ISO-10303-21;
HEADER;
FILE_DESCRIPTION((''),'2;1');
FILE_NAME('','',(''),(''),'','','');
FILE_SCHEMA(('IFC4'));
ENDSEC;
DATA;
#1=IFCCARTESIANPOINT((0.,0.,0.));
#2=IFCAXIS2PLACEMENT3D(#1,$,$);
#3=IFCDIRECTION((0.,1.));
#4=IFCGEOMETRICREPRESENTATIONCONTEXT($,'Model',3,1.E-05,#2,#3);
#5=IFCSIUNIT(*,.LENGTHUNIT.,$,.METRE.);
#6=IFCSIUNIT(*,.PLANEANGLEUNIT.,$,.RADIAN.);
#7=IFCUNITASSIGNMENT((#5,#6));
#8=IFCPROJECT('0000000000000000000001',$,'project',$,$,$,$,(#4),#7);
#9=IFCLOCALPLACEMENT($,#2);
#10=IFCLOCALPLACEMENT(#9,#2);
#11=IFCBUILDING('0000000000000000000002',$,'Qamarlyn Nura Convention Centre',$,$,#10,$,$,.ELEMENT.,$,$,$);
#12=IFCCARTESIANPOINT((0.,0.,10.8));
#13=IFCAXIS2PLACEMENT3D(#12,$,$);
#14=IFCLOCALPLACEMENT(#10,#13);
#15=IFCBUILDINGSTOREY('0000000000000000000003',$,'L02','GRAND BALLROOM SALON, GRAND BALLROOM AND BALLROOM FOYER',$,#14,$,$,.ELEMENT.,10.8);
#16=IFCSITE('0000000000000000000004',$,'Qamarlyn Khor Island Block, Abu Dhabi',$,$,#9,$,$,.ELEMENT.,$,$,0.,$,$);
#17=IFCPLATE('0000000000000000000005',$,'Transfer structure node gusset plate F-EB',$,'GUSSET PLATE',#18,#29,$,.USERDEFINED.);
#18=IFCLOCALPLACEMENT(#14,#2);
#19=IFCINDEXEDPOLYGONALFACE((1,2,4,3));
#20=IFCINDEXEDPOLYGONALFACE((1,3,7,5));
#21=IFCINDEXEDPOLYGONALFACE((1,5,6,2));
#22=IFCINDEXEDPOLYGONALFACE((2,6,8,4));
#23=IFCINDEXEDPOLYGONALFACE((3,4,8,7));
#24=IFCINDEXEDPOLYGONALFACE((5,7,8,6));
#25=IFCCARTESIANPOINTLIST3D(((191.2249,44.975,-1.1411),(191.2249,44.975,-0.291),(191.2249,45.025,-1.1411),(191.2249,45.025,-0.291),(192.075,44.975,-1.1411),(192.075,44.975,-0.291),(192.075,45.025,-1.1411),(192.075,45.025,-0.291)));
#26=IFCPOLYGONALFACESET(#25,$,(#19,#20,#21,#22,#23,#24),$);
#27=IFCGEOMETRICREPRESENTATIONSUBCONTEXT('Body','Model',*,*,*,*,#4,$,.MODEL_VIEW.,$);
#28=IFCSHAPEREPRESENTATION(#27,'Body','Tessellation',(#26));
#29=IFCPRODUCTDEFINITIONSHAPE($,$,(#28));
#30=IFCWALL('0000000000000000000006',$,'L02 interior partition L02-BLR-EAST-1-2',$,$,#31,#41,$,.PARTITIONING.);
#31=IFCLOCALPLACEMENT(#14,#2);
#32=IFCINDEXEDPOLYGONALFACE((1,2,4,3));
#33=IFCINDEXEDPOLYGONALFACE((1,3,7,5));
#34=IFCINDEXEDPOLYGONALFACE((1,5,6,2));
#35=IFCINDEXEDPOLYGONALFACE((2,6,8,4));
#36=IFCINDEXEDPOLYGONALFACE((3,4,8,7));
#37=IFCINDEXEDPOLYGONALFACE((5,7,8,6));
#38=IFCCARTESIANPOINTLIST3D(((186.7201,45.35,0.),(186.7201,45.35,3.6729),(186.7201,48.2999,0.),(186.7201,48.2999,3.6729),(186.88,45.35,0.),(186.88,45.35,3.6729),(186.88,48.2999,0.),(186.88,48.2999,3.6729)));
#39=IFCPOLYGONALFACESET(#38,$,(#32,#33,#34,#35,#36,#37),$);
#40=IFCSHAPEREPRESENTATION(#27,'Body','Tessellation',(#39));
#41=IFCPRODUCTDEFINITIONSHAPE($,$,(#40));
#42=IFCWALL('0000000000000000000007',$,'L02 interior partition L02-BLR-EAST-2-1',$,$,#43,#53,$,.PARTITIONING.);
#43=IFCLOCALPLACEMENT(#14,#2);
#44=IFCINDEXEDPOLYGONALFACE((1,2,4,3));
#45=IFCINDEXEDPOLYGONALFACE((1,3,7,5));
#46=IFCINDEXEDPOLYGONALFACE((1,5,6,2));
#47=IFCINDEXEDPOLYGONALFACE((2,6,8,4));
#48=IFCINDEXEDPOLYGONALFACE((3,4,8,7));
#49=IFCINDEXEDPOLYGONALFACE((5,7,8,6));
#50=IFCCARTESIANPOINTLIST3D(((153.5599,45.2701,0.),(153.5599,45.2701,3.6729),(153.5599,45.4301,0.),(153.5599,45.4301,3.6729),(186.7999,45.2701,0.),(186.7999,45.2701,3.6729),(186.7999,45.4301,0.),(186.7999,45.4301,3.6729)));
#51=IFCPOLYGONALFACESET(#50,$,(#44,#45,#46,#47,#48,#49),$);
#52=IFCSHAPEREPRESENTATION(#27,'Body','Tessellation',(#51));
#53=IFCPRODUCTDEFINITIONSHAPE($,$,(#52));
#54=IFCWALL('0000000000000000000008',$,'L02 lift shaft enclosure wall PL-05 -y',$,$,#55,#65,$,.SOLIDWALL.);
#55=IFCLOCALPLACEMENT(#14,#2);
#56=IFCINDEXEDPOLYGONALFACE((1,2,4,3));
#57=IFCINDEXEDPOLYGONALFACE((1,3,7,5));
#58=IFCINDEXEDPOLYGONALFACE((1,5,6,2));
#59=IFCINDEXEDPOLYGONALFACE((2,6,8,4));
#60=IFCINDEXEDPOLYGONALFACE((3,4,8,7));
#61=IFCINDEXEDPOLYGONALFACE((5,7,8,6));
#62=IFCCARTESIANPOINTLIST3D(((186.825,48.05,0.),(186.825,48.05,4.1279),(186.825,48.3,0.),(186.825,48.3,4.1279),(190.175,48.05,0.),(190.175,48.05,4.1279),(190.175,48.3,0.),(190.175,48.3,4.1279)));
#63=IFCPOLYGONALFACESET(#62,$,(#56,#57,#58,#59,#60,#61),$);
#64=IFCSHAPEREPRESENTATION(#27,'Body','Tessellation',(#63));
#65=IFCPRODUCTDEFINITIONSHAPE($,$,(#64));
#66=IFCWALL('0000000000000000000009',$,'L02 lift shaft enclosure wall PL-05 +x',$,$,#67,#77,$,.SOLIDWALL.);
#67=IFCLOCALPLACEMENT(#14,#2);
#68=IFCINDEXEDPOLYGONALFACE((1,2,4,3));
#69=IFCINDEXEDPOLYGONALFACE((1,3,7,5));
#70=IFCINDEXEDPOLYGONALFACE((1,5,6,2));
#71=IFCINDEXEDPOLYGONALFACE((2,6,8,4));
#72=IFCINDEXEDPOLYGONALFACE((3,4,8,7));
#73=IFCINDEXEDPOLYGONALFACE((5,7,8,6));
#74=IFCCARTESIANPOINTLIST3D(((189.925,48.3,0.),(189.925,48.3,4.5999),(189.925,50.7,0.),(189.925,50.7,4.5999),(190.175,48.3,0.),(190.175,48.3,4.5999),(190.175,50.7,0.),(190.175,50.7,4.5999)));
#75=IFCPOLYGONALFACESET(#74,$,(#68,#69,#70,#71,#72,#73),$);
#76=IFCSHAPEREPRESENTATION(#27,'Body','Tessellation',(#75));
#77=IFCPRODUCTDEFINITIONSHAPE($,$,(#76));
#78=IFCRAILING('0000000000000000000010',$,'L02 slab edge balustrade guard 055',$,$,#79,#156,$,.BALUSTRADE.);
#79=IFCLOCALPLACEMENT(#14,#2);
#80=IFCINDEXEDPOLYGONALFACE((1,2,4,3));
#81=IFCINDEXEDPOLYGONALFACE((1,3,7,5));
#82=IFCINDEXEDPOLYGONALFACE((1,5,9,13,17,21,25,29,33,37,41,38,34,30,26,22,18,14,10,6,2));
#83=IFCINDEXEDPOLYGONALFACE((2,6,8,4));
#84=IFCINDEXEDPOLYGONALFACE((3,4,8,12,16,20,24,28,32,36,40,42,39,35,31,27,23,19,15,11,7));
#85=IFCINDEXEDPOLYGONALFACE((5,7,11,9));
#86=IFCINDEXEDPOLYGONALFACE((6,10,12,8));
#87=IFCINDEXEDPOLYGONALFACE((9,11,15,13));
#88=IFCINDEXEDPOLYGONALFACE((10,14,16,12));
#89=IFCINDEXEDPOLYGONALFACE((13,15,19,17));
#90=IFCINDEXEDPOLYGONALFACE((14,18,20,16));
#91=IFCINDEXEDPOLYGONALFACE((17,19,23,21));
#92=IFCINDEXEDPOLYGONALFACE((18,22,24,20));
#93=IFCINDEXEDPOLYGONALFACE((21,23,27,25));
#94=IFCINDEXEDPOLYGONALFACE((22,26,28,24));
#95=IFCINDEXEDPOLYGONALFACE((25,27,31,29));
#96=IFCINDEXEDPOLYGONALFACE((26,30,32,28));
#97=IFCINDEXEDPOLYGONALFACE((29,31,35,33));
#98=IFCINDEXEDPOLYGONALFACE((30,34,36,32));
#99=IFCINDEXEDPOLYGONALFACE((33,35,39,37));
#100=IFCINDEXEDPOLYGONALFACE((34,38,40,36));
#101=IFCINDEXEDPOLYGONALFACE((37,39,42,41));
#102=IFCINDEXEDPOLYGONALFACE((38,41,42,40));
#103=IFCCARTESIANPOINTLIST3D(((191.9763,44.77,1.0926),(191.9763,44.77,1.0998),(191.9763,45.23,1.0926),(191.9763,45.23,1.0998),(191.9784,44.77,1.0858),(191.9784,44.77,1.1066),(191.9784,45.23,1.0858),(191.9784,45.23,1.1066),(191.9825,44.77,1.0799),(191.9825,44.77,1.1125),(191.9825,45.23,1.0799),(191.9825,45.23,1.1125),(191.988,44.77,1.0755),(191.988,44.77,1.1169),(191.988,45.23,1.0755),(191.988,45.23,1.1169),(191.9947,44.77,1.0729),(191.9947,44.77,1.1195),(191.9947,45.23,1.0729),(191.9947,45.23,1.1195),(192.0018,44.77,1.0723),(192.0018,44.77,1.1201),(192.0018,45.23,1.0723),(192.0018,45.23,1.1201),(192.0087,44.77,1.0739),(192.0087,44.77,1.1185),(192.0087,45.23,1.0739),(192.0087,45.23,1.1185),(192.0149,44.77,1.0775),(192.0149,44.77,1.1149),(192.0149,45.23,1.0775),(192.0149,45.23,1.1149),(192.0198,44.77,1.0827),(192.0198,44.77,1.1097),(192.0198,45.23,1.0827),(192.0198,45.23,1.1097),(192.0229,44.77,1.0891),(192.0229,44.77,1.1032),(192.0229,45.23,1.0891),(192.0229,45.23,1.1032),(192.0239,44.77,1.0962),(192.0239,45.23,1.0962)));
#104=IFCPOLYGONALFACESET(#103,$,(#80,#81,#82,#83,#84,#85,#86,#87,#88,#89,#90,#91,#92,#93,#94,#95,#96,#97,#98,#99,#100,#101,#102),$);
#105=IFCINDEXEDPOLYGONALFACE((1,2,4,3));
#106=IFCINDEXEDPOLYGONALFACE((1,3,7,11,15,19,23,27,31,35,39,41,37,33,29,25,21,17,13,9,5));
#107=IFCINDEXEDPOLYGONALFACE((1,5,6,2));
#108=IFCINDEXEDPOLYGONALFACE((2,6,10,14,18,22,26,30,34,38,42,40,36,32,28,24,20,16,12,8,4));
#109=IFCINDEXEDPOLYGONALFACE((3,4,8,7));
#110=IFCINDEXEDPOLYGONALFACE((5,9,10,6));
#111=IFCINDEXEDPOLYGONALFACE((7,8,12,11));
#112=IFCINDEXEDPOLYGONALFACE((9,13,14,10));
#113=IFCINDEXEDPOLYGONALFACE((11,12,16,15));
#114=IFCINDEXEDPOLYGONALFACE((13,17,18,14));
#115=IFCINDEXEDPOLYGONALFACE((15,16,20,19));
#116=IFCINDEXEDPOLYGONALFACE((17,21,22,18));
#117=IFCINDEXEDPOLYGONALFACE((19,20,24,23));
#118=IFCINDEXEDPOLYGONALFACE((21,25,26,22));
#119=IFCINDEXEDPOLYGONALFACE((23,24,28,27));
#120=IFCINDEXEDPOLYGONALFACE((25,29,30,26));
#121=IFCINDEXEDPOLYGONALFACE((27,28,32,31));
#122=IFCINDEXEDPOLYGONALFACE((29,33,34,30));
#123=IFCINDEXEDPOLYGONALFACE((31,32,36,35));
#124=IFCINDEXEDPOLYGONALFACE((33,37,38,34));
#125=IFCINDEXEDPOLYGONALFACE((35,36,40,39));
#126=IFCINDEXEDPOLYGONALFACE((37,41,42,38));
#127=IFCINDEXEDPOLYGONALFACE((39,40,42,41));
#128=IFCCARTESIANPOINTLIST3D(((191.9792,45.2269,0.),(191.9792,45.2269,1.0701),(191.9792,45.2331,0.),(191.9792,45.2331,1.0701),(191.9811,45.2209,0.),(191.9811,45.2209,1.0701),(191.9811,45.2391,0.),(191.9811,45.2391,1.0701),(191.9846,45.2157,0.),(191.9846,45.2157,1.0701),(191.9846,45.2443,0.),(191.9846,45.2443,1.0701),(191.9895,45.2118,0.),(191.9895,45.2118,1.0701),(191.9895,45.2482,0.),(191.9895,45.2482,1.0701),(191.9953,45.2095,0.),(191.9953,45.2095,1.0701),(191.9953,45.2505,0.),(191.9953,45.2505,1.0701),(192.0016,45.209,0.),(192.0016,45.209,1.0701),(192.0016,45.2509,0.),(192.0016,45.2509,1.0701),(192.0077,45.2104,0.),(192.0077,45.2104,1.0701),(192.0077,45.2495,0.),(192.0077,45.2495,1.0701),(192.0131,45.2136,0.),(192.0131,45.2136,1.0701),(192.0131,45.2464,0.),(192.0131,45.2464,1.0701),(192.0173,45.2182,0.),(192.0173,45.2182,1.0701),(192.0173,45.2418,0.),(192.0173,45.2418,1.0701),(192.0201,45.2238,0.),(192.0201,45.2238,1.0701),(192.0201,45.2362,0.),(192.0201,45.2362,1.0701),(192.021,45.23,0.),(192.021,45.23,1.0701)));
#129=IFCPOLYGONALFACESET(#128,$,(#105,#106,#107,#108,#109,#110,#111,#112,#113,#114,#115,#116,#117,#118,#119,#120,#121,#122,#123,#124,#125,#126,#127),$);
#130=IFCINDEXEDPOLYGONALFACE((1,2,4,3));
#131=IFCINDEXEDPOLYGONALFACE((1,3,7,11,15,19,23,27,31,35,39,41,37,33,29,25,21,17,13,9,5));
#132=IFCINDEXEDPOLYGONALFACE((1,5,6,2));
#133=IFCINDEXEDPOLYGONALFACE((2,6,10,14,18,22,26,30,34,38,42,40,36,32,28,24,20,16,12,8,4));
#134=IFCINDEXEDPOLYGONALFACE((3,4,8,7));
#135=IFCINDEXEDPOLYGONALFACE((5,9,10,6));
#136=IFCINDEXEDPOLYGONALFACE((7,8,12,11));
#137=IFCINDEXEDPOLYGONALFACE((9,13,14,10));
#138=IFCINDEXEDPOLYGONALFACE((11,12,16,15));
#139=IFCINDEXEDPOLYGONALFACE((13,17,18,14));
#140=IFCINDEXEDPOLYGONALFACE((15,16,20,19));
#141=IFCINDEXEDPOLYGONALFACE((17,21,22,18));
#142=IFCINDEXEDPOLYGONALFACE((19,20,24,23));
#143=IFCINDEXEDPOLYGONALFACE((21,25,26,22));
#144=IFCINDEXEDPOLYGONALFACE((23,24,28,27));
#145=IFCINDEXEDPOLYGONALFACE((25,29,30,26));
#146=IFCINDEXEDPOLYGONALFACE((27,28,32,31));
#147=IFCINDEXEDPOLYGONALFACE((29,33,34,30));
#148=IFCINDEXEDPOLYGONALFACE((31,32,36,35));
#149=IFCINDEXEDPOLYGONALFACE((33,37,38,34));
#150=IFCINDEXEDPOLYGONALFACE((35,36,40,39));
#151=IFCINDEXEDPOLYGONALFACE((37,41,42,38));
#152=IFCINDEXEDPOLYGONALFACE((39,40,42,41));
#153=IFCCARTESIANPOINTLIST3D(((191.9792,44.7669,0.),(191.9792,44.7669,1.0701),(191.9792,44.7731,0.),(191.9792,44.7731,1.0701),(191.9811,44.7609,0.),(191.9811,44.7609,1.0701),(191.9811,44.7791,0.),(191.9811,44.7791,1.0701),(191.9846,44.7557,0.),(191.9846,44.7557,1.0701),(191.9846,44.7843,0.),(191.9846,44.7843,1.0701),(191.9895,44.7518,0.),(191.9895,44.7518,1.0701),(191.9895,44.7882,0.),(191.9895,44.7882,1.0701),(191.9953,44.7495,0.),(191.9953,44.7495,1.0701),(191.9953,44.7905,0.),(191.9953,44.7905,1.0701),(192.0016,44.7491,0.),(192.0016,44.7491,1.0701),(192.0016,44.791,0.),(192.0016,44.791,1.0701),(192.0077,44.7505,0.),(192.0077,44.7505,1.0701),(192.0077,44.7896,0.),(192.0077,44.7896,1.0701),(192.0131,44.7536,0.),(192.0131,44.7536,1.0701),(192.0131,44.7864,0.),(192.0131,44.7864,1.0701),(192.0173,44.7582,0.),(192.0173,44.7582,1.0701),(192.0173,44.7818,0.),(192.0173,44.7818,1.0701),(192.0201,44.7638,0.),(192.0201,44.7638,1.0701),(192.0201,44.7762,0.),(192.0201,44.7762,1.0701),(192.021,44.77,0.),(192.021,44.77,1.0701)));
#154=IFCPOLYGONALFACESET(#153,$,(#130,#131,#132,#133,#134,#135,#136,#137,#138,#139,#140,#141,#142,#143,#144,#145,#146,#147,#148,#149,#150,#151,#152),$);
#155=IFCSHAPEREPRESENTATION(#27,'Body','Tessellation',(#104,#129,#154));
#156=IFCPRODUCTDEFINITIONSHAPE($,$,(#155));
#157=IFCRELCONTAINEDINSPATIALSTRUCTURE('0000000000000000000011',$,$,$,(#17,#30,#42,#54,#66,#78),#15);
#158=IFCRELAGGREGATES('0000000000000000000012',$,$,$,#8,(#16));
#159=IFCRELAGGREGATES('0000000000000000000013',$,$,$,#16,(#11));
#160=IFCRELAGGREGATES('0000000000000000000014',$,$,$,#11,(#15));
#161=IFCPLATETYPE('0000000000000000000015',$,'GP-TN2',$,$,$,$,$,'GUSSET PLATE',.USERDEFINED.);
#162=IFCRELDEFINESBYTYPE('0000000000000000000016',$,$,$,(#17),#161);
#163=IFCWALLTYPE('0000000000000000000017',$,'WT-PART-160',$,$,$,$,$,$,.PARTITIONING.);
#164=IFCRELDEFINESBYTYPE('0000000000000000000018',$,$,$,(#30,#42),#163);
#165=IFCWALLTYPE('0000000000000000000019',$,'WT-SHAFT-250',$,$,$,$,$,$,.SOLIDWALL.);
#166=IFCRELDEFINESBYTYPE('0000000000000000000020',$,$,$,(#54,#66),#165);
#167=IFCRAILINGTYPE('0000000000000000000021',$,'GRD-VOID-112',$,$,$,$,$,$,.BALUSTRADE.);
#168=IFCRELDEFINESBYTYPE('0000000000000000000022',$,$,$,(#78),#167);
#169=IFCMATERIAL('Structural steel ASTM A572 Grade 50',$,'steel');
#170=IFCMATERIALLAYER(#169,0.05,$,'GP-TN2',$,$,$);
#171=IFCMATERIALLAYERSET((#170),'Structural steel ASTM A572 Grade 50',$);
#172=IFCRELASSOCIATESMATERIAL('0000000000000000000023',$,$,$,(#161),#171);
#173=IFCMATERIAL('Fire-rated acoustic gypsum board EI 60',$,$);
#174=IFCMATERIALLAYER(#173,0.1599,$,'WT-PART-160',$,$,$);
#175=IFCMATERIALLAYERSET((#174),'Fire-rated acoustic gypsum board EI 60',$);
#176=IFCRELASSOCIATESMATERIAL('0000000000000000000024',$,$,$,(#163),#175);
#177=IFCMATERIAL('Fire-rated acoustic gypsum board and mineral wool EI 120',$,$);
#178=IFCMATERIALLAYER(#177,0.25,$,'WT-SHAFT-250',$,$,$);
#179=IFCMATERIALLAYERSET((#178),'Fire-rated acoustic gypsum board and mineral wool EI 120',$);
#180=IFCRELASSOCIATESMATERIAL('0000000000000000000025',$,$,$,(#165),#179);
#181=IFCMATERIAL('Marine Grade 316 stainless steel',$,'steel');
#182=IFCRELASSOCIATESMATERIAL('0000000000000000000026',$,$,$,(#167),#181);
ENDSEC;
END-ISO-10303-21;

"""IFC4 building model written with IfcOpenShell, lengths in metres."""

from ifc_helpers import new_model, si_unit, direction, frame, frame_2d, origin, origin_2d, place, context, subcontext, project, spatial, rectangle, circle, extrude, material, layer, layer_set, type_object, element, save


model = new_model("IFC4")

# Units and contexts
model_context = context("Model", 3, precision=1e-05, world=origin(), true_north=direction((0.0, 1.0)))
body_context = subcontext(model_context, "Body", "Model", "MODEL_VIEW")
ifc_project = project(units=[si_unit("LENGTHUNIT", "METRE"), si_unit("PLANEANGLEUNIT", "RADIAN")], contexts=[model_context])

# Site, building, storey
site_placement = place(None, origin())
site = spatial("IfcSite", under=ifc_project, at=site_placement, Name="Qamarlyn Khor Island Block, Abu Dhabi", CompositionType="ELEMENT", RefElevation=0.0)
building_placement = place(site_placement, origin())
building = spatial("IfcBuilding", under=site, at=building_placement, Name="Qamarlyn Nura Convention Centre", CompositionType="ELEMENT")
storey_placement = place(building_placement, frame((0.0, 0.0, 10.8)))
storey = spatial("IfcBuildingStorey", under=building, at=storey_placement, Name="L02", Description="GRAND BALLROOM SALON, GRAND BALLROOM AND BALLROOM FOYER", CompositionType="ELEMENT", Elevation=10.8)

# Plate
ifc_material_1 = material(Name="Structural steel ASTM A572 Grade 50", Category="steel")
ifc_layer_1 = layer(ifc_material_1, 0.05, Name="GP-TN2")
ifc_layer_set_1 = layer_set([ifc_layer_1], Name="Structural steel ASTM A572 Grade 50")
plate_type_1 = type_object("IfcPlateType", Name="GP-TN2", ElementType="GUSSET PLATE", PredefinedType="USERDEFINED", material=ifc_layer_set_1)
plate_1_placement = place(storey_placement, frame((191.6499, 45.0, -1.1411), z_axis=(0.0, 0.0, 1.0), x_axis=(1.0, 0.0, 0.0)))
element("IfcPlate", 1, at=plate_1_placement, inside=storey, type_object=plate_type_1, Name="Transfer structure node gusset plate F-EB", ObjectType="GUSSET PLATE", PredefinedType="USERDEFINED", context=body_context, shape_type="SweptSolid", body=[
    extrude(rectangle(XDim=0.8501, YDim=0.05, at=origin_2d()), origin(), (0.0, 0.0, 1.0), 0.8501),
])

# Walls
ifc_material_2 = material(Name="Fire-rated acoustic gypsum board EI 60")
ifc_layer_2 = layer(ifc_material_2, 0.1599, Name="WT-PART-160")
ifc_layer_set_2 = layer_set([ifc_layer_2], Name="Fire-rated acoustic gypsum board EI 60")
wall_type_1 = type_object("IfcWallType", Name="WT-PART-160", PredefinedType="PARTITIONING", material=ifc_layer_set_2)
wall_1_placement = place(storey_placement, frame((186.8, 48.3, 0.0), z_axis=(0.0, 0.0, 1.0), x_axis=(0.0, -1.0, 0.0)))
element("IfcWall", 2, at=wall_1_placement, inside=storey, type_object=wall_type_1, Name="L02 interior partition L02-BLR-EAST-1-2", PredefinedType="PARTITIONING", context=body_context, shape_type="SweptSolid", body=[
    extrude(rectangle(XDim=2.95, YDim=0.1599, at=frame_2d((1.4751, 0.0))), origin(), (0.0, 0.0, 1.0), 3.6729),
])
wall_2_placement = place(storey_placement, frame((186.8, 45.3501, 0.0), z_axis=(0.0, 0.0, 1.0), x_axis=(-1.0, 0.0, 0.0)))
element("IfcWall", 3, at=wall_2_placement, inside=storey, type_object=wall_type_1, Name="L02 interior partition L02-BLR-EAST-2-1", PredefinedType="PARTITIONING", context=body_context, shape_type="SweptSolid", body=[
    extrude(rectangle(XDim=33.24, YDim=0.1599, at=frame_2d((16.6201, 0.0))), origin(), (0.0, 0.0, 1.0), 3.6729),
])
ifc_material_3 = material(Name="Fire-rated acoustic gypsum board and mineral wool EI 120")
ifc_layer_3 = layer(ifc_material_3, 0.25, Name="WT-SHAFT-250")
ifc_layer_set_3 = layer_set([ifc_layer_3], Name="Fire-rated acoustic gypsum board and mineral wool EI 120")
wall_type_2 = type_object("IfcWallType", Name="WT-SHAFT-250", PredefinedType="SOLIDWALL", material=ifc_layer_set_3)
wall_3_placement = place(storey_placement, frame((186.825, 48.175, 0.0), z_axis=(0.0, 0.0, 1.0), x_axis=(1.0, 0.0, 0.0)))
element("IfcWall", 4, at=wall_3_placement, inside=storey, type_object=wall_type_2, Name="L02 lift shaft enclosure wall PL-05 -y", PredefinedType="SOLIDWALL", context=body_context, shape_type="SweptSolid", body=[
    extrude(rectangle(XDim=3.3501, YDim=0.25, at=frame_2d((1.675, 0.0))), origin(), (0.0, 0.0, 1.0), 4.1279),
])
wall_4_placement = place(storey_placement, frame((190.05, 48.3, 0.0), z_axis=(0.0, 0.0, 1.0), x_axis=(0.0, 1.0, 0.0)))
element("IfcWall", 5, at=wall_4_placement, inside=storey, type_object=wall_type_2, Name="L02 lift shaft enclosure wall PL-05 +x", PredefinedType="SOLIDWALL", context=body_context, shape_type="SweptSolid", body=[
    extrude(rectangle(XDim=2.3999, YDim=0.25, at=frame_2d((1.2, 0.0))), origin(), (0.0, 0.0, 1.0), 4.5999),
])

# Railing
ifc_material_4 = material(Name="Marine Grade 316 stainless steel", Category="steel")
railing_type = type_object("IfcRailingType", Name="GRD-VOID-112", PredefinedType="BALUSTRADE", material=ifc_material_4)
railing_placement = place(storey_placement, frame((192.0, 45.23, 0.0)))
element("IfcRailing", 6, at=railing_placement, inside=storey, type_object=railing_type, Name="L02 slab edge balustrade guard 055", PredefinedType="BALUSTRADE", context=body_context, shape_type="SweptSolid", body=[
    extrude(circle(Radius=0.0239, at=origin_2d()), frame((0.0, 0.0, 1.0962), z_axis=(0.0, -1.0, 0.0), x_axis=(1.0, 0.0, 0.0)), (0.0, 0.0, 1.0), 0.46),
    extrude(circle(Radius=0.021, at=origin_2d()), origin(), (0.0, 0.0, 1.0), 1.0701),
    extrude(circle(Radius=0.021, at=origin_2d()), frame((0.0, -0.46, 0.0)), (0.0, 0.0, 1.0), 1.0701),
])

save(model, "model.ifc")
